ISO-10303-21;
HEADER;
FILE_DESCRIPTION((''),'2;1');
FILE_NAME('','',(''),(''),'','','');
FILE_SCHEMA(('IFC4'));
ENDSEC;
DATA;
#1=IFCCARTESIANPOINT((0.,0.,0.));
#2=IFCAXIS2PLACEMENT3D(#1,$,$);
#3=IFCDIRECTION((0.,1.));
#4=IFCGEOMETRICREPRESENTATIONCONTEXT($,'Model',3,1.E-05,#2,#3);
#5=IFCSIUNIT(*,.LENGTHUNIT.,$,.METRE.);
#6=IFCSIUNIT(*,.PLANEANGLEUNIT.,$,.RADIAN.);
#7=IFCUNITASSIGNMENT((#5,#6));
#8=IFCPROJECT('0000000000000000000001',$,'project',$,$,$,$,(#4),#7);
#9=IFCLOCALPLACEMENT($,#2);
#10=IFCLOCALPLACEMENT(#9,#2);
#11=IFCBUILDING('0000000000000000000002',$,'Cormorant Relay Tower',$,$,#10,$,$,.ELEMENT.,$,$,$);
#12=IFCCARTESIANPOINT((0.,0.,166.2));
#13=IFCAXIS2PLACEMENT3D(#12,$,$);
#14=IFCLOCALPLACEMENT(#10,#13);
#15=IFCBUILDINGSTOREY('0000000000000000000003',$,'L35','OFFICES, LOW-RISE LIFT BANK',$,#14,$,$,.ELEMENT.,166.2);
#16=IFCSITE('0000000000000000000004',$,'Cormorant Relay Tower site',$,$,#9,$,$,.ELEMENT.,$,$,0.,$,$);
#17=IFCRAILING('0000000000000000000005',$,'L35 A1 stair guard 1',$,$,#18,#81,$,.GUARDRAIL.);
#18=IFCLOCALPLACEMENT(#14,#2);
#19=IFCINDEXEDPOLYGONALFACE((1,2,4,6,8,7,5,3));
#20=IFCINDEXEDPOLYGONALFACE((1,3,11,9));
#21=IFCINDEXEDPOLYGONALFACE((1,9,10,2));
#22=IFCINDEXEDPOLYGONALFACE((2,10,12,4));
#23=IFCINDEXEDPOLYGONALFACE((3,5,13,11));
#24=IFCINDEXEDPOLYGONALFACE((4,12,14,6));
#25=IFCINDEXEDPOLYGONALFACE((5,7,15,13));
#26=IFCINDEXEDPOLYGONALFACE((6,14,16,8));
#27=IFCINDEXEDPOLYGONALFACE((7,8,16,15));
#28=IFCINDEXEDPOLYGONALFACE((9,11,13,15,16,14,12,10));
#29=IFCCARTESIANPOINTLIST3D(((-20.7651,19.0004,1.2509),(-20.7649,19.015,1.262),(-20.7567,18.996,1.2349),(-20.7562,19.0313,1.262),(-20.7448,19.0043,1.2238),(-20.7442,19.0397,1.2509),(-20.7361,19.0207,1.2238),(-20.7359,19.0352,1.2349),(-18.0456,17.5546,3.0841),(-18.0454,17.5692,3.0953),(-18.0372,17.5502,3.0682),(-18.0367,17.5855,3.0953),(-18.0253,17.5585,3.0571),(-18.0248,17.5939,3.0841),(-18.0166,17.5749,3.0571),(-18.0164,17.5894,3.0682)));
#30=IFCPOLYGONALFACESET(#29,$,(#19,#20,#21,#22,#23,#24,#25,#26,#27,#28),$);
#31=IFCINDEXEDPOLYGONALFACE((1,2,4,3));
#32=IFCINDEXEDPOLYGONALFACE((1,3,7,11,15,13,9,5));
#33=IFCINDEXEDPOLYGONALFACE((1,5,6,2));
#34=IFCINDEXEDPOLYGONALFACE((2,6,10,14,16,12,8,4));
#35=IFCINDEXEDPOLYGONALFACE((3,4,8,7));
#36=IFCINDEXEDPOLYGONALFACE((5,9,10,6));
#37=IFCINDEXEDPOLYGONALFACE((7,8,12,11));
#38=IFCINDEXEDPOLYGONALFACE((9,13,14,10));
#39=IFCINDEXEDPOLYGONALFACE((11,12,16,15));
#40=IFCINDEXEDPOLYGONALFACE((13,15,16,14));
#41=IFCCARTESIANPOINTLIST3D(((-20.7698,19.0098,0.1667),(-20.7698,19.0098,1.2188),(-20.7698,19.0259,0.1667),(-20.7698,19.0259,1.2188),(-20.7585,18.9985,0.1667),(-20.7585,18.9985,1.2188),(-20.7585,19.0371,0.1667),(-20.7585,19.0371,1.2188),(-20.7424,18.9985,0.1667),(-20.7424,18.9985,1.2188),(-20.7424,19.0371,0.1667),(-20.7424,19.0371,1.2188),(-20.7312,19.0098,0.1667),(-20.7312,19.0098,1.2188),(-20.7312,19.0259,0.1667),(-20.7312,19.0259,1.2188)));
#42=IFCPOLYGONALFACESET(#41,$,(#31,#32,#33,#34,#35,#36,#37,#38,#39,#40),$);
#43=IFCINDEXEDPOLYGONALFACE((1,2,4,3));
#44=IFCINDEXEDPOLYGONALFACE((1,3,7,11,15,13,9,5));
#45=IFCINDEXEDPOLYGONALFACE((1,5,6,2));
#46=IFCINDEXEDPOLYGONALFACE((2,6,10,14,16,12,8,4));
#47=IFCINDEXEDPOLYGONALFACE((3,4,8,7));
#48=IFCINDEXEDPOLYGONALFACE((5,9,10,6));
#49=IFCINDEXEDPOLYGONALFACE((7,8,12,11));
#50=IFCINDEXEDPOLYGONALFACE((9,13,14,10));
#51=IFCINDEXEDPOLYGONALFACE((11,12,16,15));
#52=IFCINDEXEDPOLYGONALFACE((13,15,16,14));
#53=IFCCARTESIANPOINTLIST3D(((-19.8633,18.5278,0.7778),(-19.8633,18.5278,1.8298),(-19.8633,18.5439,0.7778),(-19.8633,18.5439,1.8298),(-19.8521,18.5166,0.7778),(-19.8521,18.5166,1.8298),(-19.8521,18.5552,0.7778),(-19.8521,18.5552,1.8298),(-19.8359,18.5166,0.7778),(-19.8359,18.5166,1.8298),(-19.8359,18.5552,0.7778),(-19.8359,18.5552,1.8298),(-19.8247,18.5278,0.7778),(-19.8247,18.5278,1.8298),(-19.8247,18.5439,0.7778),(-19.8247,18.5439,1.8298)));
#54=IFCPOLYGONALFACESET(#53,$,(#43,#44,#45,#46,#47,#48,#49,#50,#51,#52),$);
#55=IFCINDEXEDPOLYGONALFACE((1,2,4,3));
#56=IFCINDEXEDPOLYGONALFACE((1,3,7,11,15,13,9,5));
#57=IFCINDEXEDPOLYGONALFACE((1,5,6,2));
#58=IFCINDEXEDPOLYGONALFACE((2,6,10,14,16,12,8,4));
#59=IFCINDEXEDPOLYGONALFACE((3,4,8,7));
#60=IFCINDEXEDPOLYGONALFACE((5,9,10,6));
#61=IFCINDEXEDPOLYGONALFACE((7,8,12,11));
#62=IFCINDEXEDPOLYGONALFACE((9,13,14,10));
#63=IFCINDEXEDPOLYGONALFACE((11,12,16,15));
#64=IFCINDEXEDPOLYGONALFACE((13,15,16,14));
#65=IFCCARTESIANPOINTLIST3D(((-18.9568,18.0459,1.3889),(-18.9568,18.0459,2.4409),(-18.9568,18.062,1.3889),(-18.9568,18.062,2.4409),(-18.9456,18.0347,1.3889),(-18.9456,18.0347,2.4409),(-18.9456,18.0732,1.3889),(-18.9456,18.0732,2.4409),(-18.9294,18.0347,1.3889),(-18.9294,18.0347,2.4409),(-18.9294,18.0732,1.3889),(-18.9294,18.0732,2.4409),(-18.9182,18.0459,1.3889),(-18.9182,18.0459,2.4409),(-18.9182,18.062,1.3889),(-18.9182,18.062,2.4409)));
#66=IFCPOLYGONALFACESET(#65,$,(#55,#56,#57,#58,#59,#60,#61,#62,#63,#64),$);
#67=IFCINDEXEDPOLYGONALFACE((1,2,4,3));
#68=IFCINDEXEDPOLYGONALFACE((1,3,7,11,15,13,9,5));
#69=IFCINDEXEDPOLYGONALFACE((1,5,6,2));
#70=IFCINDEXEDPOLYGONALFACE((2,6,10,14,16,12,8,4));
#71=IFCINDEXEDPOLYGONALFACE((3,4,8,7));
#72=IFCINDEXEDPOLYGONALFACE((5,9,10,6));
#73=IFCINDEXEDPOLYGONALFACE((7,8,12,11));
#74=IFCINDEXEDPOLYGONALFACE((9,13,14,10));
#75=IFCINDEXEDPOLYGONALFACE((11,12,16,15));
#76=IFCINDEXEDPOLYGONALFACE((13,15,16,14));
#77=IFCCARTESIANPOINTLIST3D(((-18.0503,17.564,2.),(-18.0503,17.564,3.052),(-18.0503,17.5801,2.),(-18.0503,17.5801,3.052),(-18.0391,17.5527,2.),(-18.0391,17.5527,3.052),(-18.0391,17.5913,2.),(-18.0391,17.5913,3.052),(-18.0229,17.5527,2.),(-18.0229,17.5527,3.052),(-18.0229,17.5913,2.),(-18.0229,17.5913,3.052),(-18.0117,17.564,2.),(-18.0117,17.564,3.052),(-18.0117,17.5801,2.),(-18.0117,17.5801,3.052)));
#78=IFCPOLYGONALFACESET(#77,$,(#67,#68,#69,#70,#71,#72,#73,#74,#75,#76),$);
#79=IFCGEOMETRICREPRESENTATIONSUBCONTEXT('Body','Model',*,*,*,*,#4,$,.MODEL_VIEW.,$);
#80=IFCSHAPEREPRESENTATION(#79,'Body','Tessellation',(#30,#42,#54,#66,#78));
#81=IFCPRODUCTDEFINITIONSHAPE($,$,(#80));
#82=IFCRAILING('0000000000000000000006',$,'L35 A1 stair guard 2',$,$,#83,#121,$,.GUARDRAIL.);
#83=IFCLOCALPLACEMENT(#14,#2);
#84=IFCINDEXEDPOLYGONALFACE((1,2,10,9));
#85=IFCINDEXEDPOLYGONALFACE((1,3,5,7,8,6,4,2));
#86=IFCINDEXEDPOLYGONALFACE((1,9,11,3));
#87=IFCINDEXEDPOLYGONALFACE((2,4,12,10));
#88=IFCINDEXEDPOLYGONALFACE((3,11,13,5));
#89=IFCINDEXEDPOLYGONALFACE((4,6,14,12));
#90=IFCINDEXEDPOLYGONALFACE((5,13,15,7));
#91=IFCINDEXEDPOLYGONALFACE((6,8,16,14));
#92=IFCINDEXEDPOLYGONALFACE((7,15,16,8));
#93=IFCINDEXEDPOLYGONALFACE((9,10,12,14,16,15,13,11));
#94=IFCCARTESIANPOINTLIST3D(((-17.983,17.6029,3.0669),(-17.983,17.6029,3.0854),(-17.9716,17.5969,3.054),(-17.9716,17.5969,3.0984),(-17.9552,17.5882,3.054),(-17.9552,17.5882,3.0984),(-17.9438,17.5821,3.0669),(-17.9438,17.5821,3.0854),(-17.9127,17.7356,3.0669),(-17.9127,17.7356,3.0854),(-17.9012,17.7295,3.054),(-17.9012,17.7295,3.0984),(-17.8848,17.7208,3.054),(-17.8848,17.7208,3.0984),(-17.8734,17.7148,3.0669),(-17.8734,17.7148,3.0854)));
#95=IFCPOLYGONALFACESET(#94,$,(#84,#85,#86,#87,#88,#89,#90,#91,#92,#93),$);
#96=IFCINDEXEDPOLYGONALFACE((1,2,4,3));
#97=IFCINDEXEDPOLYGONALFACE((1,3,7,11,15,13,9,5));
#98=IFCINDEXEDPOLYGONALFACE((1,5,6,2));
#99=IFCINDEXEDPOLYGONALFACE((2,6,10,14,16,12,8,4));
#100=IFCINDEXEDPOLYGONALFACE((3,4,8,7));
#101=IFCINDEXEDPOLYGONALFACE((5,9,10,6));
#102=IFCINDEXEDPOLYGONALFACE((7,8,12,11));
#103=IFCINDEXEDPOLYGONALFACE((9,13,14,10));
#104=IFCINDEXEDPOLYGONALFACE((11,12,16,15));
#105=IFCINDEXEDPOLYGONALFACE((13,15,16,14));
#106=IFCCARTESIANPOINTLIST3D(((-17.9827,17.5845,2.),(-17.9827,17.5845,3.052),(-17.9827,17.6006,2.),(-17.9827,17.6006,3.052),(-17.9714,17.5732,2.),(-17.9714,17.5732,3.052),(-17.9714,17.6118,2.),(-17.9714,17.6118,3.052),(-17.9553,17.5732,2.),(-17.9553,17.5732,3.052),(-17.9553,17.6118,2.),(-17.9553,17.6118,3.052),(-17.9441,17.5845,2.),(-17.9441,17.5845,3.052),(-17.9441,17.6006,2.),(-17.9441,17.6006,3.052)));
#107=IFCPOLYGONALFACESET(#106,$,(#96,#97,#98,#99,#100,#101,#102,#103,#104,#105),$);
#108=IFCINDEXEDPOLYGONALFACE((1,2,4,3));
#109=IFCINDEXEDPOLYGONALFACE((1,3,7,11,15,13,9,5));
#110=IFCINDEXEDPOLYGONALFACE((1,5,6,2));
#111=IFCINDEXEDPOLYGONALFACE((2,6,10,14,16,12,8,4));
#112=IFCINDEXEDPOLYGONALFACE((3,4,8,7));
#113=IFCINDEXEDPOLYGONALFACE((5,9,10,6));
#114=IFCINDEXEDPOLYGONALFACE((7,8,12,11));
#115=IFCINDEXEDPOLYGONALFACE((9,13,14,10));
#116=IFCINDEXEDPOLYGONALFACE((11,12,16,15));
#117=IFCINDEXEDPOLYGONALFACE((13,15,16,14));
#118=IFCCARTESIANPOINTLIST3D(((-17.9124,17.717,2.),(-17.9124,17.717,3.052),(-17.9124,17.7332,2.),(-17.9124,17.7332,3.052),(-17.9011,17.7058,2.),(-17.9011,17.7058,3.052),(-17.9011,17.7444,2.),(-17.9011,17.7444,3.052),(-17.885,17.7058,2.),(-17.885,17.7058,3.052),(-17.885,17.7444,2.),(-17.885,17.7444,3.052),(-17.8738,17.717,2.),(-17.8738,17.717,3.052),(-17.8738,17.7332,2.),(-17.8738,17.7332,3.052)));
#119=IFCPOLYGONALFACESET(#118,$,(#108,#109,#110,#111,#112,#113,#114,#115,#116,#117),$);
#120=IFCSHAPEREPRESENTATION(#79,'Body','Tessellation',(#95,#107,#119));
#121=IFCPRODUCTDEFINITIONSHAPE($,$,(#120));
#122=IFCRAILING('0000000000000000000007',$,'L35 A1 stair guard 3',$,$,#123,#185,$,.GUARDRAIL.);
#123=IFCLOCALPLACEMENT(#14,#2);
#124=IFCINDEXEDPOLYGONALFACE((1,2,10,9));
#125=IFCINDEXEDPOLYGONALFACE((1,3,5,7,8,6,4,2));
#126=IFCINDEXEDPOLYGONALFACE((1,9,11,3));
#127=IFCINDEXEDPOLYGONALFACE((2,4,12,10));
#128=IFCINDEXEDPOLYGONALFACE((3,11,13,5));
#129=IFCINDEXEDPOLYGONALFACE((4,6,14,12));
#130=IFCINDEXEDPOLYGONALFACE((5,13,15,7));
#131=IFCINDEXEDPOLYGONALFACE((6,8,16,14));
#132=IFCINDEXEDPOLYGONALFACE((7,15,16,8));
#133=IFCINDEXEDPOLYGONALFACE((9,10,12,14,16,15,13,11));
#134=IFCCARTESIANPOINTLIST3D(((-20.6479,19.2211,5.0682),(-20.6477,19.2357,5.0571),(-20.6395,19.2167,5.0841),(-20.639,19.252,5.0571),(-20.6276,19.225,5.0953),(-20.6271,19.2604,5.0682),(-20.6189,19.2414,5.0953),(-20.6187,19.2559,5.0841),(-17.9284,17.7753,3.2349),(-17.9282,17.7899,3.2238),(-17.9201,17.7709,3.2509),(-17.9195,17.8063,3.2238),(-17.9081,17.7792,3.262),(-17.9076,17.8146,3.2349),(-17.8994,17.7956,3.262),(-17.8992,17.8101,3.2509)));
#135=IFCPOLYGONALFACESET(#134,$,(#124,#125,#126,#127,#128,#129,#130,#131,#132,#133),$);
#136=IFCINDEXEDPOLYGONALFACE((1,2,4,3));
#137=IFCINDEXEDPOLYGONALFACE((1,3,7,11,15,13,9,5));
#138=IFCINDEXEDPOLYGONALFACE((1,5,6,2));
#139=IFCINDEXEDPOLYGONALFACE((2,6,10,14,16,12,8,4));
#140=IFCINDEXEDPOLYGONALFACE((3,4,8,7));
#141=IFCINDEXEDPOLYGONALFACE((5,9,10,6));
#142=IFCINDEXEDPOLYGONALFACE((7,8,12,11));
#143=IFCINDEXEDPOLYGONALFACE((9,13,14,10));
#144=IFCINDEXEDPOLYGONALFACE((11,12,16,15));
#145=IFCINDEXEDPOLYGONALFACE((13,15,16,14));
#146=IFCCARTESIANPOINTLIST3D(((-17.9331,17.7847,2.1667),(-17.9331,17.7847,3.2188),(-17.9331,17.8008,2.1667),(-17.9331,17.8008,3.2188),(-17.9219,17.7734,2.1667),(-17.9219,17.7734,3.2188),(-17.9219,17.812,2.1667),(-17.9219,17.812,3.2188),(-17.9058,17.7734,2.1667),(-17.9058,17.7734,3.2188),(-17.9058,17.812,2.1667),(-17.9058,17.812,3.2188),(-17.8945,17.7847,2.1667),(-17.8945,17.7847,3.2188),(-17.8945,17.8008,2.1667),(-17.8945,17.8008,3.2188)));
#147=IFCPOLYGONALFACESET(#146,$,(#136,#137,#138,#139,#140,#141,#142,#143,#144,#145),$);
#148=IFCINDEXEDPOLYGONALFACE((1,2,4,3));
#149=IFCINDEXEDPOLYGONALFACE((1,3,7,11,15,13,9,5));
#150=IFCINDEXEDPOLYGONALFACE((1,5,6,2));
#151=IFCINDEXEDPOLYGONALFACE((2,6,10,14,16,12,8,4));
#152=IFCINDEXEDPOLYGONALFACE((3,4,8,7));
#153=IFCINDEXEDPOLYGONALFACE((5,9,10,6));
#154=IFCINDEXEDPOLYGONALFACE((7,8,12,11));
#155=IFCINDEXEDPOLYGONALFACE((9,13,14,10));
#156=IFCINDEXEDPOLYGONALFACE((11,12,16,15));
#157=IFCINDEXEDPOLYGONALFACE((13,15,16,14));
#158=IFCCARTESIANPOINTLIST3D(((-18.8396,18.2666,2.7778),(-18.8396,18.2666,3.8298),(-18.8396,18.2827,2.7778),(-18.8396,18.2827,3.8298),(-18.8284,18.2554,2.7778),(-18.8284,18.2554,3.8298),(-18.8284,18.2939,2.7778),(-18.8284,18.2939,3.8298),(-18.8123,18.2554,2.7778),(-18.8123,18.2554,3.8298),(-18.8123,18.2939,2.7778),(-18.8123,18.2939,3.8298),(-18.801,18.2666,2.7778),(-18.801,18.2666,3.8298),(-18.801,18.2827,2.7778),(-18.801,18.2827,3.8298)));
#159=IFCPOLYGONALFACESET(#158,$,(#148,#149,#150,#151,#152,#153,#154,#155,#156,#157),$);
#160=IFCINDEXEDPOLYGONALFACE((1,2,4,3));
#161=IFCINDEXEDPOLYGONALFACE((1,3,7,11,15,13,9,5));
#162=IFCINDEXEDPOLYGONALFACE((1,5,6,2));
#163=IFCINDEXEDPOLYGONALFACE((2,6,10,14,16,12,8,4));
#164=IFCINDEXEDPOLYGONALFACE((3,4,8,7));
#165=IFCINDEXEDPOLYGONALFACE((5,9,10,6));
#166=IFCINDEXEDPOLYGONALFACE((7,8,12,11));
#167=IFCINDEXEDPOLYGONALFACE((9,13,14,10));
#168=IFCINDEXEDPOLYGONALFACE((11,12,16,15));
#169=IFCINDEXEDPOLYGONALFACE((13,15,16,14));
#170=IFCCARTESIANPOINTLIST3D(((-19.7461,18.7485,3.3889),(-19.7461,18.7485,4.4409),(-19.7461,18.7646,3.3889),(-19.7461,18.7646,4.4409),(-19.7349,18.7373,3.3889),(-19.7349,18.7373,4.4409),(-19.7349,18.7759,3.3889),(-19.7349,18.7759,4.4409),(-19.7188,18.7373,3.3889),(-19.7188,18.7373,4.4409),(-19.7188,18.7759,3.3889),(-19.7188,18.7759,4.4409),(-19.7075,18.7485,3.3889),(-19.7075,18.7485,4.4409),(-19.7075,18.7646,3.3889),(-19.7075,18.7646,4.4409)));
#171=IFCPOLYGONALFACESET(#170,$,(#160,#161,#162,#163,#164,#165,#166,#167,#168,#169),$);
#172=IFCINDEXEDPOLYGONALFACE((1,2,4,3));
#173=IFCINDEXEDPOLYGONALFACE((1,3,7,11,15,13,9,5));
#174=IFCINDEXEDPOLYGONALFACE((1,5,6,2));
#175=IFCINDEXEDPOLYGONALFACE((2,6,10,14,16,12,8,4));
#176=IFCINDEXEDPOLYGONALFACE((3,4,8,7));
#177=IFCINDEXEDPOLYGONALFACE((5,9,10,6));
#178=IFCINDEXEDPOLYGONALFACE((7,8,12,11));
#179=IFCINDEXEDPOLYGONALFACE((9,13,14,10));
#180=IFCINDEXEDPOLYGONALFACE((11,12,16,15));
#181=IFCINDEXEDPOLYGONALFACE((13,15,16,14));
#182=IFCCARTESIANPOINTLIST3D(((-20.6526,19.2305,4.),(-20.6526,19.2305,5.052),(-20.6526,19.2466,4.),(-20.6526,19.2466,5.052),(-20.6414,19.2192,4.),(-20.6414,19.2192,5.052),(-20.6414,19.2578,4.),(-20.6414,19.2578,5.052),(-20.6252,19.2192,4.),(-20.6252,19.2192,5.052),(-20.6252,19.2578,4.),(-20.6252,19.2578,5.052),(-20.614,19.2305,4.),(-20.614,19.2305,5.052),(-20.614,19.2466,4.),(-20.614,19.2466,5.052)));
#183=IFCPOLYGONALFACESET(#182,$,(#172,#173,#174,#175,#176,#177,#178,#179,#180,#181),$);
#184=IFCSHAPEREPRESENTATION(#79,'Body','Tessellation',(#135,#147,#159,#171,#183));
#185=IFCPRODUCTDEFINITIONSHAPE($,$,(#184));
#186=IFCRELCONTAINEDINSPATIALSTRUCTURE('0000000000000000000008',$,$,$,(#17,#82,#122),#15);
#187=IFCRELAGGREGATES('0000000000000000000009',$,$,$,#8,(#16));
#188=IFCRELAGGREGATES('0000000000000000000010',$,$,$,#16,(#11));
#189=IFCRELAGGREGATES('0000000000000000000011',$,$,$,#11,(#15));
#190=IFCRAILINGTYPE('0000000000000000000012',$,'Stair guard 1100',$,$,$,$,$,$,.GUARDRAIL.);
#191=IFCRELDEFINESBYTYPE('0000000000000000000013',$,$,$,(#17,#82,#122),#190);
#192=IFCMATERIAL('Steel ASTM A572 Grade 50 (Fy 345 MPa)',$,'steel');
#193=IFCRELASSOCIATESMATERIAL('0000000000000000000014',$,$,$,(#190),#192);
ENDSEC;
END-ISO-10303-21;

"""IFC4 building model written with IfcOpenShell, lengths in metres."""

from ifc_helpers import new_model, si_unit, direction, frame, origin, place, context, subcontext, project, spatial, polyline, outline, extrude, material, type_object, element, save


model = new_model("IFC4")

# Units and contexts
model_context = context("Model", 3, precision=1e-05, world=origin(), true_north=direction((0.0, 1.0)))
body_context = subcontext(model_context, "Body", "Model", "MODEL_VIEW")
ifc_project = project(units=[si_unit("LENGTHUNIT", "METRE"), si_unit("PLANEANGLEUNIT", "RADIAN")], contexts=[model_context])

# Site, building, storey
site_placement = place(None, origin())
site = spatial("IfcSite", under=ifc_project, at=site_placement, Name="Cormorant Relay Tower site", CompositionType="ELEMENT", RefElevation=0.0)
building_placement = place(site_placement, origin())
building = spatial("IfcBuilding", under=site, at=building_placement, Name="Cormorant Relay Tower", CompositionType="ELEMENT")
storey_placement = place(building_placement, frame((0.0, 0.0, 166.2)))
storey = spatial("IfcBuildingStorey", under=building, at=storey_placement, Name="L35", Description="OFFICES, LOW-RISE LIFT BANK", CompositionType="ELEMENT", Elevation=166.2)

# Railings
ifc_material_1 = material(Name="Steel ASTM A572 Grade 50 (Fy 345 MPa)", Category="steel")
railing_type_1 = type_object("IfcRailingType", Name="Stair guard 1100", PredefinedType="GUARDRAIL", material=ifc_material_1)
railing_1_placement = place(storey_placement, frame((-20.7505, 19.0178, 0.1667)))
element("IfcRailing", 1, at=railing_1_placement, inside=storey, type_object=railing_type_1, Name="L35 A1 stair guard 1", PredefinedType="GUARDRAIL", context=body_context, shape_type="SweptSolid", body=[
    extrude(outline(polyline([(0.0222, 0.0093), (0.0093, 0.0222), (-0.0093, 0.0222), (-0.0222, 0.0093), (-0.0222, -0.0093), (-0.0093, -0.0222), (0.0093, -0.0222), (0.0222, -0.0093), (0.0222, 0.0093)])), frame((0.0, 0.0, 1.0762), z_axis=(0.758735, -0.403378, 0.511477), x_axis=(0.469428, 0.882971, 0.0)), (0.0, 0.0, 1.0), 3.5842),
    extrude(outline(polyline([(0.0193, 0.0081), (0.0081, 0.0193), (-0.0081, 0.0193), (-0.0193, 0.0081), (-0.0193, -0.0081), (-0.0081, -0.0193), (0.0081, -0.0193), (0.0193, -0.0081), (0.0193, 0.0081)])), origin(), (0.0, 0.0, 1.0), 1.052),
    extrude(outline(polyline([(0.0193, 0.0081), (0.0081, 0.0193), (-0.0081, 0.0193), (-0.0193, 0.0081), (-0.0193, -0.0081), (-0.0081, -0.0193), (0.0081, -0.0193), (0.0193, -0.0081), (0.0193, 0.0081)])), frame((0.9065, -0.4819, 0.6111)), (0.0, 0.0, 1.0), 1.052),
    extrude(outline(polyline([(0.0193, 0.0081), (0.0081, 0.0193), (-0.0081, 0.0193), (-0.0193, 0.0081), (-0.0193, -0.0081), (-0.0081, -0.0193), (0.0081, -0.0193), (0.0193, -0.0081), (0.0193, 0.0081)])), frame((1.813, -0.9639, 1.2222)), (0.0, 0.0, 1.0), 1.052),
    extrude(outline(polyline([(0.0193, 0.0081), (0.0081, 0.0193), (-0.0081, 0.0193), (-0.0193, 0.0081), (-0.0193, -0.0081), (-0.0081, -0.0193), (0.0081, -0.0193), (0.0193, -0.0081), (0.0193, 0.0081)])), frame((2.7195, -1.4458, 1.8333)), (0.0, 0.0, 1.0), 1.052),
])
railing_2_placement = place(storey_placement, frame((-17.9634, 17.5925, 2.0)))
element("IfcRailing", 2, at=railing_2_placement, inside=storey, type_object=railing_type_1, Name="L35 A1 stair guard 2", PredefinedType="GUARDRAIL", context=body_context, shape_type="SweptSolid", body=[
    extrude(outline(polyline([(0.0222, 0.0093), (0.0093, 0.0222), (-0.0093, 0.0222), (-0.0222, 0.0093), (-0.0222, -0.0093), (-0.0093, -0.0222), (0.0093, -0.0222), (0.0222, -0.0093), (0.0222, 0.0093)])), frame((0.0, 0.0, 1.0762), z_axis=(0.46856, 0.883431, 0.0), x_axis=(-0.883431, 0.46856, 0.0)), (0.0, 0.0, 1.0), 0.1501),
    extrude(outline(polyline([(0.0193, 0.0081), (0.0081, 0.0193), (-0.0081, 0.0193), (-0.0193, 0.0081), (-0.0193, -0.0081), (-0.0081, -0.0193), (0.0081, -0.0193), (0.0193, -0.0081), (0.0193, 0.0081)])), origin(), (0.0, 0.0, 1.0), 1.052),
    extrude(outline(polyline([(0.0193, 0.0081), (0.0081, 0.0193), (-0.0081, 0.0193), (-0.0193, 0.0081), (-0.0193, -0.0081), (-0.0081, -0.0193), (0.0081, -0.0193), (0.0193, -0.0081), (0.0193, 0.0081)])), frame((0.0703, 0.1326, 0.0)), (0.0, 0.0, 1.0), 1.052),
])
railing_3_placement = place(storey_placement, frame((-17.9138, 17.7927, 2.1667)))
element("IfcRailing", 3, at=railing_3_placement, inside=storey, type_object=railing_type_1, Name="L35 A1 stair guard 3", PredefinedType="GUARDRAIL", context=body_context, shape_type="SweptSolid", body=[
    extrude(outline(polyline([(0.0222, 0.0093), (0.0093, 0.0222), (-0.0093, 0.0222), (-0.0222, 0.0093), (-0.0222, -0.0093), (-0.0093, -0.0222), (0.0093, -0.0222), (0.0222, -0.0093), (0.0222, 0.0093)])), frame((0.0, 0.0, 1.0762), z_axis=(-0.758735, 0.403378, 0.511477), x_axis=(-0.469428, -0.882971, 0.0)), (0.0, 0.0, 1.0), 3.5842),
    extrude(outline(polyline([(0.0193, 0.0081), (0.0081, 0.0193), (-0.0081, 0.0193), (-0.0193, 0.0081), (-0.0193, -0.0081), (-0.0081, -0.0193), (0.0081, -0.0193), (0.0193, -0.0081), (0.0193, 0.0081)])), origin(), (0.0, 0.0, 1.0), 1.052),
    extrude(outline(polyline([(0.0193, 0.0081), (0.0081, 0.0193), (-0.0081, 0.0193), (-0.0193, 0.0081), (-0.0193, -0.0081), (-0.0081, -0.0193), (0.0081, -0.0193), (0.0193, -0.0081), (0.0193, 0.0081)])), frame((-0.9065, 0.4819, 0.6111)), (0.0, 0.0, 1.0), 1.052),
    extrude(outline(polyline([(0.0193, 0.0081), (0.0081, 0.0193), (-0.0081, 0.0193), (-0.0193, 0.0081), (-0.0193, -0.0081), (-0.0081, -0.0193), (0.0081, -0.0193), (0.0193, -0.0081), (0.0193, 0.0081)])), frame((-1.813, 0.9639, 1.2222)), (0.0, 0.0, 1.0), 1.052),
    extrude(outline(polyline([(0.0193, 0.0081), (0.0081, 0.0193), (-0.0081, 0.0193), (-0.0193, 0.0081), (-0.0193, -0.0081), (-0.0081, -0.0193), (0.0081, -0.0193), (0.0193, -0.0081), (0.0193, 0.0081)])), frame((-2.7195, 1.4458, 1.8333)), (0.0, 0.0, 1.0), 1.052),
])

save(model, "model.ifc")
